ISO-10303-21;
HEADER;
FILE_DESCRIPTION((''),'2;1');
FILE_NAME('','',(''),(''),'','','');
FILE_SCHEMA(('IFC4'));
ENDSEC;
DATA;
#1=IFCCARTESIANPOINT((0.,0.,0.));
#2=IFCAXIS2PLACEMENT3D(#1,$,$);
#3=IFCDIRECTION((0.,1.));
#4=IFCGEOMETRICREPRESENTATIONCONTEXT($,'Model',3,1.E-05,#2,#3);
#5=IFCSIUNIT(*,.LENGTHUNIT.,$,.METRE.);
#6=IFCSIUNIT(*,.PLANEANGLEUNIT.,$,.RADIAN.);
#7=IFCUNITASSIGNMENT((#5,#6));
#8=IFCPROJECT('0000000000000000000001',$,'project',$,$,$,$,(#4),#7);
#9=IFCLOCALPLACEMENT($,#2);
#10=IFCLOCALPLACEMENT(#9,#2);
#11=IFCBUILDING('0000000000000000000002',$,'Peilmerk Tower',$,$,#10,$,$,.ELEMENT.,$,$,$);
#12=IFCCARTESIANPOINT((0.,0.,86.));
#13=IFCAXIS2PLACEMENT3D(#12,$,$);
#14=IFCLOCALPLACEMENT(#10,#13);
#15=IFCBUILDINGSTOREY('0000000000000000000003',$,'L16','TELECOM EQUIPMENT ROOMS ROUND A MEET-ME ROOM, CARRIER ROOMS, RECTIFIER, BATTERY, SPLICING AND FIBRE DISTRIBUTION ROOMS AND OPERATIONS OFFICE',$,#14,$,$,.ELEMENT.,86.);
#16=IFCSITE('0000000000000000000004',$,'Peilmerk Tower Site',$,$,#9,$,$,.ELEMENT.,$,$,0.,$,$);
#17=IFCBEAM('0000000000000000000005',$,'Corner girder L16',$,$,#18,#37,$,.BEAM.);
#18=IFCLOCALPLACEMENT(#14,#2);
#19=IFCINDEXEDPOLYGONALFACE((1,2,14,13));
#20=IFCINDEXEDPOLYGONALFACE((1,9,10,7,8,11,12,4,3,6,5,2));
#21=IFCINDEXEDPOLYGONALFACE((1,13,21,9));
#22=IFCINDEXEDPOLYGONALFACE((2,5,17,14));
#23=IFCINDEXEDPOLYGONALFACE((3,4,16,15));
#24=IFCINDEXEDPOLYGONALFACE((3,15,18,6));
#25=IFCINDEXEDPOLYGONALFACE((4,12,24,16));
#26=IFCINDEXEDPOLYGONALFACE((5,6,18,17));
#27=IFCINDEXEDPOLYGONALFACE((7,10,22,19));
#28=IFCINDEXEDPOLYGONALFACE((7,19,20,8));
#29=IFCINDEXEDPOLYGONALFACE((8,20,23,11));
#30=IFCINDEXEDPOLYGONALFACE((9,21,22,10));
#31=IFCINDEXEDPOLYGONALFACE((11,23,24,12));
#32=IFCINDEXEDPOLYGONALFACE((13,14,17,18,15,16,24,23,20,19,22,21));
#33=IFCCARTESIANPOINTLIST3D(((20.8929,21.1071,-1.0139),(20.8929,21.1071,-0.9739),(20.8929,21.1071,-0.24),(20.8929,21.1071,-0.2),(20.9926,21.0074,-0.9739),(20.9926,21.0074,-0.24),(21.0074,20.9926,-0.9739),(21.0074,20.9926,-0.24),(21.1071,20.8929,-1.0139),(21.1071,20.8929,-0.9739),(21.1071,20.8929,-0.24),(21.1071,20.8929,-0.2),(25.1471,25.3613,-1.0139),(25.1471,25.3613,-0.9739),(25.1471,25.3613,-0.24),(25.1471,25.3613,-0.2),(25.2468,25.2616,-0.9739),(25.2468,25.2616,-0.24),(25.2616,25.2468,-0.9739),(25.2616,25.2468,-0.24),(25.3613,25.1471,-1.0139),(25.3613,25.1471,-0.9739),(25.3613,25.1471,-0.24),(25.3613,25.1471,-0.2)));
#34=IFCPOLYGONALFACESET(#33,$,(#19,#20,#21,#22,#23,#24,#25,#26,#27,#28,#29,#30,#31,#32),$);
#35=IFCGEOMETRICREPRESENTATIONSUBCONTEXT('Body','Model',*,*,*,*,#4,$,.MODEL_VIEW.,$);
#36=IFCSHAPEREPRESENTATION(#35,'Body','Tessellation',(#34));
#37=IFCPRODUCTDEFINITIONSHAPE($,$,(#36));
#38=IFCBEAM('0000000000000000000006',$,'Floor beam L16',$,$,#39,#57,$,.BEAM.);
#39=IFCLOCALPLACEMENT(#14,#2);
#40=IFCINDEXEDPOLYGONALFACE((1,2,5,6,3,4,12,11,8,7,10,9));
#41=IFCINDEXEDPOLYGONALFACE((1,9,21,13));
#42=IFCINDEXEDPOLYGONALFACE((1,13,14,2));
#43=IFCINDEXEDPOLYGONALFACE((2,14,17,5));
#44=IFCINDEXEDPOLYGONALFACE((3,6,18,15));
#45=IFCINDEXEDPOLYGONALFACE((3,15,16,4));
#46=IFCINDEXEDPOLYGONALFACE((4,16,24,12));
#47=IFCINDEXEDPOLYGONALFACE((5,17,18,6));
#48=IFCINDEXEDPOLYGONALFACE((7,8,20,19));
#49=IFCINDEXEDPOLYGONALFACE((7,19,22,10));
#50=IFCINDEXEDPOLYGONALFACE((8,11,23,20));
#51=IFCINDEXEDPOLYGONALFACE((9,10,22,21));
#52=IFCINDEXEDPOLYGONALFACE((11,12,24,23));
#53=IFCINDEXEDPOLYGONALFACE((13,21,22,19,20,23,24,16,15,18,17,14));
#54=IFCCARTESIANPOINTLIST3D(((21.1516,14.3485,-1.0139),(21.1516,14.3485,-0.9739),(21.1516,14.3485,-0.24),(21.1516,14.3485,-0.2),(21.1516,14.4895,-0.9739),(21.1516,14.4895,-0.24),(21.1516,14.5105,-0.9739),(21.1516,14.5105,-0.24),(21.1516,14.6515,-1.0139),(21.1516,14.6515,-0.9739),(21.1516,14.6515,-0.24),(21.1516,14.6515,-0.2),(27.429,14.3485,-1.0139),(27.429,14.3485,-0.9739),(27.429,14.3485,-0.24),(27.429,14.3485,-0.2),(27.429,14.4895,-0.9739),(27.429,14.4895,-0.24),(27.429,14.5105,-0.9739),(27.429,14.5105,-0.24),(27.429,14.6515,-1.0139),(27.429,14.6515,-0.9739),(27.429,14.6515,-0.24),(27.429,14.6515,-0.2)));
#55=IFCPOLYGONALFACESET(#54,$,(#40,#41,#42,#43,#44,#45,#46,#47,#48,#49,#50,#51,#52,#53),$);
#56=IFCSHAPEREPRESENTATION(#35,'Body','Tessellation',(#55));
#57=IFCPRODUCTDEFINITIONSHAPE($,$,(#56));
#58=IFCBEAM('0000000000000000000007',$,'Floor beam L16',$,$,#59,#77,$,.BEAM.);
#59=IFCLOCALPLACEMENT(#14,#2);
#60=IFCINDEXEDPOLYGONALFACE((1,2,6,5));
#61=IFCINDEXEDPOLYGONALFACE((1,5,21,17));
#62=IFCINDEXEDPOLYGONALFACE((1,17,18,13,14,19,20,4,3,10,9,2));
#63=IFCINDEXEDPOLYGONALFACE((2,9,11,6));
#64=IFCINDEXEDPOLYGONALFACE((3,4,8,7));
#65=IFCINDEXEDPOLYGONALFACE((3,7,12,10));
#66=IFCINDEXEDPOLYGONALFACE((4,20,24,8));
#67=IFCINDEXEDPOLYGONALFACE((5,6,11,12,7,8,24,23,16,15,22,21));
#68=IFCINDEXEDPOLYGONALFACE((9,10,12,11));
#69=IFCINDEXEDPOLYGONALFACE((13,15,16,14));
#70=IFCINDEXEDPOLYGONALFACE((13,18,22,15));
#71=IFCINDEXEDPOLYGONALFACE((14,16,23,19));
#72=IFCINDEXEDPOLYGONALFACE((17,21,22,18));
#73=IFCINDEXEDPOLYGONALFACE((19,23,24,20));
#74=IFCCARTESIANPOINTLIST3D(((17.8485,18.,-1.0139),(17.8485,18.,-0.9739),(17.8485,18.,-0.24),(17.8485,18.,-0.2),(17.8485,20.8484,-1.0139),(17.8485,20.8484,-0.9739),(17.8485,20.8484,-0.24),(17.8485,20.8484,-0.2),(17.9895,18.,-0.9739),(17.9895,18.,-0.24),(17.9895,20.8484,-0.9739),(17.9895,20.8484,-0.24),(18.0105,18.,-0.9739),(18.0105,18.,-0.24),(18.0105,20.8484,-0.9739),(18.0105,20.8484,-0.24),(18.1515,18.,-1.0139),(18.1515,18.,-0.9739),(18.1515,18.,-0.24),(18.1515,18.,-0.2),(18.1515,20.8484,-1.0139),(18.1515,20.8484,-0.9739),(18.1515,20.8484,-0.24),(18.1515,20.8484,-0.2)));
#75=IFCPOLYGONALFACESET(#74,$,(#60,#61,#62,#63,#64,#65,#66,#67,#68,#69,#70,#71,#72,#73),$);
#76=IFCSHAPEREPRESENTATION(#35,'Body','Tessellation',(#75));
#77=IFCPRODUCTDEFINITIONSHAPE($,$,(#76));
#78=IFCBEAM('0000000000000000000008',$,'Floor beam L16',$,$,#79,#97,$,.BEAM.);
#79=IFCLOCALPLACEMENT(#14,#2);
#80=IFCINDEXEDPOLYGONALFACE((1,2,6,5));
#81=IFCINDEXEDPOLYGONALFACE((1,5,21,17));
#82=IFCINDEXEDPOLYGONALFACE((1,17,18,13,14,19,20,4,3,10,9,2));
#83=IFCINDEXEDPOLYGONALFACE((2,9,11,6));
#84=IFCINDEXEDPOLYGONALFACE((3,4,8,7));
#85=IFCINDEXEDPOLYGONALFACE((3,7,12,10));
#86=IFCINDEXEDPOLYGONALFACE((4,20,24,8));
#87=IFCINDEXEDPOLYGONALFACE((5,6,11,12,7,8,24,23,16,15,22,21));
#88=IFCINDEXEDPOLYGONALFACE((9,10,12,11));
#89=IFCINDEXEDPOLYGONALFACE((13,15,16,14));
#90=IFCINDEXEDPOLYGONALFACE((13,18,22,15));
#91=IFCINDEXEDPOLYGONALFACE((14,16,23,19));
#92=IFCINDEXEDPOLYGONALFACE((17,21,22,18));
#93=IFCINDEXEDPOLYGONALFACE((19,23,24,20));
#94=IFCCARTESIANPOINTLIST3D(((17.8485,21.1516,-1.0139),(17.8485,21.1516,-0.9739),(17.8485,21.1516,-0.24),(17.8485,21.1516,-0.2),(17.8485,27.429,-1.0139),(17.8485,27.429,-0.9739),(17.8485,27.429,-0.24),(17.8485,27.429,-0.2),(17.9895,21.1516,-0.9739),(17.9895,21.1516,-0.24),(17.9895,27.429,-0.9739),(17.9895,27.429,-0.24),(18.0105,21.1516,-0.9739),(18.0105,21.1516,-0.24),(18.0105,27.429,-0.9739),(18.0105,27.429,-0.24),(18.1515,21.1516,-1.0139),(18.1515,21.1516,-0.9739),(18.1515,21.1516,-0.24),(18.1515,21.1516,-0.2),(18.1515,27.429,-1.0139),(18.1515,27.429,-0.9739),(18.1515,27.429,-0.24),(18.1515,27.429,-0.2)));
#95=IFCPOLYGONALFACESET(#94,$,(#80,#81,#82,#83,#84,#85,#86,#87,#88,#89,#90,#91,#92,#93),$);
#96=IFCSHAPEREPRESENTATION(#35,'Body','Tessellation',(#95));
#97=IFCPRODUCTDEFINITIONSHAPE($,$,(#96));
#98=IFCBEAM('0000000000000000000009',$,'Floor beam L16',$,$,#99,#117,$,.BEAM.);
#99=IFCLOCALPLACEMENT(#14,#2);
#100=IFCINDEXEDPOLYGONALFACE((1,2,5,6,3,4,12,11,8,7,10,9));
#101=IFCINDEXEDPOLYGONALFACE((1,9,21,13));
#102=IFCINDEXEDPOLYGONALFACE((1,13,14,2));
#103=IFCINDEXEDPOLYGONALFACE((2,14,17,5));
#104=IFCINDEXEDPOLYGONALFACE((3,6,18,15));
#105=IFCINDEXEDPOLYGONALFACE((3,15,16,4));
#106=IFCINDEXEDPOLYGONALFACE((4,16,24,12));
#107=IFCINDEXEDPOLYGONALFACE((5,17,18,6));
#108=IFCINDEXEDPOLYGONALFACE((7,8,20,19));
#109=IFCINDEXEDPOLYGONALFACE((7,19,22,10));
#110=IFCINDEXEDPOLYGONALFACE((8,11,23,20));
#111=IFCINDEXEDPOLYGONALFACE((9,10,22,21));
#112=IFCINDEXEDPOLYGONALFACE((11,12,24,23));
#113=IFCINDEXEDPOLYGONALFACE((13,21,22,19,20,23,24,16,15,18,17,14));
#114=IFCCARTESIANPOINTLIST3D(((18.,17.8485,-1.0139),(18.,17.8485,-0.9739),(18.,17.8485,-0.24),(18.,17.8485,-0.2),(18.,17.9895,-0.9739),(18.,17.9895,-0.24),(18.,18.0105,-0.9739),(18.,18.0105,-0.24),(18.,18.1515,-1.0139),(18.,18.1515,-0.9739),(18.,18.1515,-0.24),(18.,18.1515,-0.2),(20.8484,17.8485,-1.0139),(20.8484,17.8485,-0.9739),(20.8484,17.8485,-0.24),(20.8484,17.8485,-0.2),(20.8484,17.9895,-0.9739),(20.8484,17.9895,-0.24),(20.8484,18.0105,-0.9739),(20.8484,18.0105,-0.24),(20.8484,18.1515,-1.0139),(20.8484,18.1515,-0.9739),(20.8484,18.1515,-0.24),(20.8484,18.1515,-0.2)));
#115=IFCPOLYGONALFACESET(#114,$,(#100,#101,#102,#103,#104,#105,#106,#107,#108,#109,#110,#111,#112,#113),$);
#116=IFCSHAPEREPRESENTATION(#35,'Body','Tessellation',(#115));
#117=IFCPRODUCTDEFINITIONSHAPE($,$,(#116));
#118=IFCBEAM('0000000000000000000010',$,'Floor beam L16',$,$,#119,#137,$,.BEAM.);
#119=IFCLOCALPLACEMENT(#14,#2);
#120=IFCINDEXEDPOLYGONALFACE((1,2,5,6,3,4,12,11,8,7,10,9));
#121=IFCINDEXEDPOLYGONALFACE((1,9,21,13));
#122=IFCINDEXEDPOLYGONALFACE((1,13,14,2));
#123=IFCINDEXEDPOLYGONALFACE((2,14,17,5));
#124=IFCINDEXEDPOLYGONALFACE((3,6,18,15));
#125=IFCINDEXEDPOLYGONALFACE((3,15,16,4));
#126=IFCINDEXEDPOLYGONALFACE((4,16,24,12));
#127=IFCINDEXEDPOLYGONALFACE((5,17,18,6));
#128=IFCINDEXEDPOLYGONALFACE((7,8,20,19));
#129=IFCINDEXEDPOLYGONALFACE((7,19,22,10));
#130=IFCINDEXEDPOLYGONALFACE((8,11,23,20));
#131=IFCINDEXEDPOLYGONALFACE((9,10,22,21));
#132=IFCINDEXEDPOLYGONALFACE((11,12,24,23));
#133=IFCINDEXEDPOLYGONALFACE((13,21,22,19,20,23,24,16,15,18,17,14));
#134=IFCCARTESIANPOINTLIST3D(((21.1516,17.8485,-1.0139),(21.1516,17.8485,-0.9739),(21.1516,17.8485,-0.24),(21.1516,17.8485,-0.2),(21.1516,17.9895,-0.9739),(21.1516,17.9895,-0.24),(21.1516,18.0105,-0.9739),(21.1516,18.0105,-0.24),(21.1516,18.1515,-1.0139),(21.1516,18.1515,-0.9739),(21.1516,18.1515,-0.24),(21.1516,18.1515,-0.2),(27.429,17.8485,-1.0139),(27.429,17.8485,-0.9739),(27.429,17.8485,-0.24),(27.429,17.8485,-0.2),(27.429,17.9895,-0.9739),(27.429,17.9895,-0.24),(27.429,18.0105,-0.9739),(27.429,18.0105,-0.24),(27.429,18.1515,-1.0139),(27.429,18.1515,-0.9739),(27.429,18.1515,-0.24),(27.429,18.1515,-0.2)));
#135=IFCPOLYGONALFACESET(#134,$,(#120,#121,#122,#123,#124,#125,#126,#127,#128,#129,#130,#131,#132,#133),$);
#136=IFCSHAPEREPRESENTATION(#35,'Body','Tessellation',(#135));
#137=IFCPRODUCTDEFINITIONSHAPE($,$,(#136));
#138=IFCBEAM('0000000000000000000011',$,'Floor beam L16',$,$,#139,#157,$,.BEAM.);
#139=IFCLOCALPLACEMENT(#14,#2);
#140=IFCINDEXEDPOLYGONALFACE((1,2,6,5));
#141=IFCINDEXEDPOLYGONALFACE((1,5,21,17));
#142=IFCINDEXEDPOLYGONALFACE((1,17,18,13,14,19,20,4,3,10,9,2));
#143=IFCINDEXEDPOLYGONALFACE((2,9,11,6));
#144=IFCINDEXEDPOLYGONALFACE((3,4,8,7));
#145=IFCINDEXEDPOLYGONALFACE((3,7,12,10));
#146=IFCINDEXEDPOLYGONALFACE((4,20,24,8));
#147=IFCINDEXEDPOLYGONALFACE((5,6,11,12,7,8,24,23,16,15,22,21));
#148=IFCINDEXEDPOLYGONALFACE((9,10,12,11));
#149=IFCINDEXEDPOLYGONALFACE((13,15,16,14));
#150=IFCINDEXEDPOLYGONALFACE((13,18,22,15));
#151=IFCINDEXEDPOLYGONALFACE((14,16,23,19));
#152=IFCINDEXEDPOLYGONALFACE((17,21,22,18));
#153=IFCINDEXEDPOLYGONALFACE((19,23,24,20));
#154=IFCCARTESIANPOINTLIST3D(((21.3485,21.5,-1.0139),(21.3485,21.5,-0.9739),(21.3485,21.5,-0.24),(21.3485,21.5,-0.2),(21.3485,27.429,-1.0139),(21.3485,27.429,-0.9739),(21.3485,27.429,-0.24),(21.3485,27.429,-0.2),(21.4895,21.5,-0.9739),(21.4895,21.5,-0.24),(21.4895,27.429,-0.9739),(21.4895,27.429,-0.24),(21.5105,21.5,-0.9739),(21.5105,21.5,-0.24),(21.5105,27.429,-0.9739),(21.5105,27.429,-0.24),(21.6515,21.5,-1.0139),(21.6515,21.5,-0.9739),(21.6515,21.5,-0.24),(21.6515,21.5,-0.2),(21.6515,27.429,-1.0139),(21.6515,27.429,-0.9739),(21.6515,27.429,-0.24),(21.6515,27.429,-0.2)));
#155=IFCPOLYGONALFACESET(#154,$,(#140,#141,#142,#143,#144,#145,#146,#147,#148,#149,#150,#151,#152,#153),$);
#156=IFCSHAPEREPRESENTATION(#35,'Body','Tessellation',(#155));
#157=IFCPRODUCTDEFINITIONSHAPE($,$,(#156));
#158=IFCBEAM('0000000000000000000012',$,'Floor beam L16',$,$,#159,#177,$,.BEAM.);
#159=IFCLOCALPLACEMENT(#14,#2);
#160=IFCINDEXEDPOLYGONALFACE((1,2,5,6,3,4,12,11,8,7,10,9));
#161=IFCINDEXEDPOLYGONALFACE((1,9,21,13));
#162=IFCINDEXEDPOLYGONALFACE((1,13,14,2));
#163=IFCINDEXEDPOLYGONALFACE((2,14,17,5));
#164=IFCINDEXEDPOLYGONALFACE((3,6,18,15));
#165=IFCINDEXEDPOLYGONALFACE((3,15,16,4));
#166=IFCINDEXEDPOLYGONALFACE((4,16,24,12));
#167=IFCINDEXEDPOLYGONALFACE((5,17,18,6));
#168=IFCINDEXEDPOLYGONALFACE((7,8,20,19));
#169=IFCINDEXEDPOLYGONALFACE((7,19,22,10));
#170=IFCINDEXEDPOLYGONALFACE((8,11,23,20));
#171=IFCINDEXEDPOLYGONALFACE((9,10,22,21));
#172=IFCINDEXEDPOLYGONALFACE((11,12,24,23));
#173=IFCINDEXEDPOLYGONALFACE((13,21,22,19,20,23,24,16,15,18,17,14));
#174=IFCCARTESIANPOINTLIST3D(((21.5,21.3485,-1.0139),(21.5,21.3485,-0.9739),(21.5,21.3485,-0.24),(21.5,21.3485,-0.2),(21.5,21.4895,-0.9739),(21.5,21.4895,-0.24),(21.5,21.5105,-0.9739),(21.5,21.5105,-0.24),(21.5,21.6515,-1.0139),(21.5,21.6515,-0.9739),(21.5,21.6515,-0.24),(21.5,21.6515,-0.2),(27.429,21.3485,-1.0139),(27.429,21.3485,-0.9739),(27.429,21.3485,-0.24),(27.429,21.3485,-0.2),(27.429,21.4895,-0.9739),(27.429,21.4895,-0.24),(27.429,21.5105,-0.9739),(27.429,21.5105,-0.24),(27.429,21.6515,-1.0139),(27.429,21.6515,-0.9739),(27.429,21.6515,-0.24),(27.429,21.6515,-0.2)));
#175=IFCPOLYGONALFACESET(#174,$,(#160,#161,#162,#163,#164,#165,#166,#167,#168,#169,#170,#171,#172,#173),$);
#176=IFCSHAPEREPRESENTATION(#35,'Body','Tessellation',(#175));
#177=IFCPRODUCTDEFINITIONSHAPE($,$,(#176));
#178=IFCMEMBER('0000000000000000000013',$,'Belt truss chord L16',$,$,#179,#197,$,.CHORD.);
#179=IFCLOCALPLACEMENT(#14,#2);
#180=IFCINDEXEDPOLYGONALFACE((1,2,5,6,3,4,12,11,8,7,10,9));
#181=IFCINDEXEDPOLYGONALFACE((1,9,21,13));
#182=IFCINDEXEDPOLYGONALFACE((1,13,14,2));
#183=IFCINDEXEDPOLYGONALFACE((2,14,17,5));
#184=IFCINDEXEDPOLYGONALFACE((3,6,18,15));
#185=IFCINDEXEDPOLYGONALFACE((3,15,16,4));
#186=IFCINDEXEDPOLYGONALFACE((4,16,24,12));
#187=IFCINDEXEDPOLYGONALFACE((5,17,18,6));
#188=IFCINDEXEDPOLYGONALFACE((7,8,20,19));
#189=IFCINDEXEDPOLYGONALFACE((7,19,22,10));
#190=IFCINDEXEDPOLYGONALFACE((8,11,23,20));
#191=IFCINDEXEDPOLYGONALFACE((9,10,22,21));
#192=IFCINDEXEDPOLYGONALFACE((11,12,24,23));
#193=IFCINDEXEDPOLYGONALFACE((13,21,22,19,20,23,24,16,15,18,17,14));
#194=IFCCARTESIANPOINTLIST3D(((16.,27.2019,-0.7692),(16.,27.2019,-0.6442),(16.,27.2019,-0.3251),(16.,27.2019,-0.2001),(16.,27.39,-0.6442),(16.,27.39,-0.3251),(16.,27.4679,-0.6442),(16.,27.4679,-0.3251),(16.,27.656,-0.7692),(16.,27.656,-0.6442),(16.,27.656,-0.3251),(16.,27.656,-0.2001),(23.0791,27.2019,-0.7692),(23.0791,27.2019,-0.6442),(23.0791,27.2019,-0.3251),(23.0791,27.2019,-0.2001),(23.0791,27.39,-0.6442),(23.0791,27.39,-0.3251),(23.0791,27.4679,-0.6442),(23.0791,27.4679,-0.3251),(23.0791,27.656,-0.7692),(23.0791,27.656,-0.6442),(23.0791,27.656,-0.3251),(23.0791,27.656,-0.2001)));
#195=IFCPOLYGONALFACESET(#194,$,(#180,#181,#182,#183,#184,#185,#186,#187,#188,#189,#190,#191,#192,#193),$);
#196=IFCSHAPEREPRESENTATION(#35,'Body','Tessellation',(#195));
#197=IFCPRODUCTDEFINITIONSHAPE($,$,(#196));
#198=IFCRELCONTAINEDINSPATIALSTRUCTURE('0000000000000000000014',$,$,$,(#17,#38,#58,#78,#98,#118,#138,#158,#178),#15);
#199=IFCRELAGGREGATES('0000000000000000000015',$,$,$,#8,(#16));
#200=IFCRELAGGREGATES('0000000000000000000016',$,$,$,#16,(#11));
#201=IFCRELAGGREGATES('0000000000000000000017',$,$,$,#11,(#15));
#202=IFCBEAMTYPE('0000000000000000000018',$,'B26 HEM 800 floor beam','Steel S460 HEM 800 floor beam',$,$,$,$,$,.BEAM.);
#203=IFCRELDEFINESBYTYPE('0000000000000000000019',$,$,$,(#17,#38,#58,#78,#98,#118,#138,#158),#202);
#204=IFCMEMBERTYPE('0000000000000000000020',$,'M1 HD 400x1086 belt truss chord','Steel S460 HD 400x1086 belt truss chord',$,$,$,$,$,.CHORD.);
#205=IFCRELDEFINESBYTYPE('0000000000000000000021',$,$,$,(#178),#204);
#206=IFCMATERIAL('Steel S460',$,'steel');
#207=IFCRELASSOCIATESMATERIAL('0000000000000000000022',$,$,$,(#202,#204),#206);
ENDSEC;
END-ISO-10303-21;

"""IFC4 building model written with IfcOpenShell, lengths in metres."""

from ifc_helpers import new_model, si_unit, direction, frame, origin, origin_2d, place, context, subcontext, project, spatial, i_section, extrude, material, material_profile, profile_set, type_object, element, save


model = new_model("IFC4")

# Units and contexts
model_context = context("Model", 3, precision=1e-05, world=origin(), true_north=direction((0.0, 1.0)))
body_context = subcontext(model_context, "Body", "Model", "MODEL_VIEW")
ifc_project = project(units=[si_unit("LENGTHUNIT", "METRE"), si_unit("PLANEANGLEUNIT", "RADIAN")], contexts=[model_context])

# Site, building, storey
site_placement = place(None, origin())
site = spatial("IfcSite", under=ifc_project, at=site_placement, Name="Peilmerk Tower Site", CompositionType="ELEMENT", RefElevation=0.0)
building_placement = place(site_placement, origin())
building = spatial("IfcBuilding", under=site, at=building_placement, Name="Peilmerk Tower", CompositionType="ELEMENT")
storey_placement = place(building_placement, frame((0.0, 0.0, 86.0)))
storey = spatial("IfcBuildingStorey", under=building, at=storey_placement, Name="L16", Description="TELECOM EQUIPMENT ROOMS ROUND A MEET-ME ROOM, CARRIER ROOMS, RECTIFIER, BATTERY, SPLICING AND FIBRE DISTRIBUTION ROOMS AND OPERATIONS OFFICE", CompositionType="ELEMENT", Elevation=86.0)

# Shared definitions
ifc_material_1 = material(Name="Steel S460", Category="steel")

# Beams
ifc_material_profile_1 = material_profile(ifc_material_1, i_section(OverallWidth=0.303, OverallDepth=0.814, WebThickness=0.021, FlangeThickness=0.04, at=origin_2d()), Name="HEM 800")
ifc_profile_set_1 = profile_set([ifc_material_profile_1], Name="Steel S460")
beam_type_1 = type_object("IfcBeamType", Name="B26 HEM 800 floor beam", Description="Steel S460 HEM 800 floor beam", PredefinedType="BEAM", material=ifc_profile_set_1)
beam_1_placement = place(storey_placement, frame((21.0, 21.0, -0.6069), z_axis=(0.707107, 0.707107, 0.0), x_axis=(-0.707107, 0.707107, 0.0)))
element("IfcBeam", 1, at=beam_1_placement, inside=storey, type_object=beam_type_1, Name="Corner girder L16", PredefinedType="BEAM", context=body_context, shape_type="SweptSolid", body=[
    extrude(i_section(OverallWidth=0.303, OverallDepth=0.814, WebThickness=0.021, FlangeThickness=0.04, at=origin_2d()), origin(), (0.0, 0.0, 1.0), 6.0164),
])
beam_2_placement = place(storey_placement, frame((21.1516, 14.5, -0.6069), z_axis=(1.0, 0.0, 0.0), x_axis=(0.0, 1.0, 0.0)))
element("IfcBeam", 2, at=beam_2_placement, inside=storey, type_object=beam_type_1, Name="Floor beam L16", PredefinedType="BEAM", context=body_context, shape_type="SweptSolid", body=[
    extrude(i_section(OverallWidth=0.303, OverallDepth=0.814, WebThickness=0.021, FlangeThickness=0.04, at=origin_2d()), origin(), (0.0, 0.0, 1.0), 6.2773),
])
beam_3_placement = place(storey_placement, frame((18.0, 18.0, -0.6069), z_axis=(0.0, 1.0, 0.0), x_axis=(-1.0, 0.0, 0.0)))
element("IfcBeam", 3, at=beam_3_placement, inside=storey, type_object=beam_type_1, Name="Floor beam L16", PredefinedType="BEAM", context=body_context, shape_type="SweptSolid", body=[
    extrude(i_section(OverallWidth=0.303, OverallDepth=0.814, WebThickness=0.021, FlangeThickness=0.04, at=origin_2d()), origin(), (0.0, 0.0, 1.0), 2.8484),
])
beam_4_placement = place(storey_placement, frame((18.0, 21.1516, -0.6069), z_axis=(0.0, 1.0, 0.0), x_axis=(-1.0, 0.0, 0.0)))
element("IfcBeam", 4, at=beam_4_placement, inside=storey, type_object=beam_type_1, Name="Floor beam L16", PredefinedType="BEAM", context=body_context, shape_type="SweptSolid", body=[
    extrude(i_section(OverallWidth=0.303, OverallDepth=0.814, WebThickness=0.021, FlangeThickness=0.04, at=origin_2d()), origin(), (0.0, 0.0, 1.0), 6.2773),
])
beam_5_placement = place(storey_placement, frame((18.0, 18.0, -0.6069), z_axis=(1.0, 0.0, 0.0), x_axis=(0.0, 1.0, 0.0)))
element("IfcBeam", 5, at=beam_5_placement, inside=storey, type_object=beam_type_1, Name="Floor beam L16", PredefinedType="BEAM", context=body_context, shape_type="SweptSolid", body=[
    extrude(i_section(OverallWidth=0.303, OverallDepth=0.814, WebThickness=0.021, FlangeThickness=0.04, at=origin_2d()), origin(), (0.0, 0.0, 1.0), 2.8484),
])
beam_6_placement = place(storey_placement, frame((21.1516, 18.0, -0.6069), z_axis=(1.0, 0.0, 0.0), x_axis=(0.0, 1.0, 0.0)))
element("IfcBeam", 6, at=beam_6_placement, inside=storey, type_object=beam_type_1, Name="Floor beam L16", PredefinedType="BEAM", context=body_context, shape_type="SweptSolid", body=[
    extrude(i_section(OverallWidth=0.303, OverallDepth=0.814, WebThickness=0.021, FlangeThickness=0.04, at=origin_2d()), origin(), (0.0, 0.0, 1.0), 6.2773),
])
for number, where, z_axis, x_axis, name in (
    (7, (21.5, 21.5, -0.6069), (0.0, 1.0, 0.0), (-1.0, 0.0, 0.0), "Floor beam L16"),
    (8, (21.5, 21.5, -0.6069), (1.0, 0.0, 0.0), (0.0, 1.0, 0.0), "Floor beam L16"),
):
    element("IfcBeam", number, at=place(storey_placement, frame(where, z_axis=z_axis, x_axis=x_axis)), inside=storey, type_object=beam_type_1, Name=name, PredefinedType="BEAM", context=body_context, shape_type="SweptSolid", body=[
        extrude(i_section(OverallWidth=0.303, OverallDepth=0.814, WebThickness=0.021, FlangeThickness=0.04, at=origin_2d()), origin(), (0.0, 0.0, 1.0), 5.929),
    ])

# Member
ifc_material_profile_2 = material_profile(ifc_material_1, i_section(OverallWidth=0.4541, OverallDepth=0.5691, WebThickness=0.0779, FlangeThickness=0.125, at=origin_2d()), Name="HD 400x1086")
ifc_profile_set_2 = profile_set([ifc_material_profile_2], Name="Steel S460")
member_type = type_object("IfcMemberType", Name="M1 HD 400x1086 belt truss chord", Description="Steel S460 HD 400x1086 belt truss chord", PredefinedType="CHORD", material=ifc_profile_set_2)
member_1_placement = place(storey_placement, frame((23.0791, 27.429, -0.4846), z_axis=(-1.0, 0.0, 0.0), x_axis=(0.0, -1.0, 0.0)))
element("IfcMember", 9, at=member_1_placement, inside=storey, type_object=member_type, Name="Belt truss chord L16", PredefinedType="CHORD", context=body_context, shape_type="SweptSolid", body=[
    extrude(i_section(OverallWidth=0.4541, OverallDepth=0.5691, WebThickness=0.0779, FlangeThickness=0.125, at=origin_2d()), origin(), (0.0, 0.0, 1.0), 7.0791),
])

save(model, "model.ifc")
